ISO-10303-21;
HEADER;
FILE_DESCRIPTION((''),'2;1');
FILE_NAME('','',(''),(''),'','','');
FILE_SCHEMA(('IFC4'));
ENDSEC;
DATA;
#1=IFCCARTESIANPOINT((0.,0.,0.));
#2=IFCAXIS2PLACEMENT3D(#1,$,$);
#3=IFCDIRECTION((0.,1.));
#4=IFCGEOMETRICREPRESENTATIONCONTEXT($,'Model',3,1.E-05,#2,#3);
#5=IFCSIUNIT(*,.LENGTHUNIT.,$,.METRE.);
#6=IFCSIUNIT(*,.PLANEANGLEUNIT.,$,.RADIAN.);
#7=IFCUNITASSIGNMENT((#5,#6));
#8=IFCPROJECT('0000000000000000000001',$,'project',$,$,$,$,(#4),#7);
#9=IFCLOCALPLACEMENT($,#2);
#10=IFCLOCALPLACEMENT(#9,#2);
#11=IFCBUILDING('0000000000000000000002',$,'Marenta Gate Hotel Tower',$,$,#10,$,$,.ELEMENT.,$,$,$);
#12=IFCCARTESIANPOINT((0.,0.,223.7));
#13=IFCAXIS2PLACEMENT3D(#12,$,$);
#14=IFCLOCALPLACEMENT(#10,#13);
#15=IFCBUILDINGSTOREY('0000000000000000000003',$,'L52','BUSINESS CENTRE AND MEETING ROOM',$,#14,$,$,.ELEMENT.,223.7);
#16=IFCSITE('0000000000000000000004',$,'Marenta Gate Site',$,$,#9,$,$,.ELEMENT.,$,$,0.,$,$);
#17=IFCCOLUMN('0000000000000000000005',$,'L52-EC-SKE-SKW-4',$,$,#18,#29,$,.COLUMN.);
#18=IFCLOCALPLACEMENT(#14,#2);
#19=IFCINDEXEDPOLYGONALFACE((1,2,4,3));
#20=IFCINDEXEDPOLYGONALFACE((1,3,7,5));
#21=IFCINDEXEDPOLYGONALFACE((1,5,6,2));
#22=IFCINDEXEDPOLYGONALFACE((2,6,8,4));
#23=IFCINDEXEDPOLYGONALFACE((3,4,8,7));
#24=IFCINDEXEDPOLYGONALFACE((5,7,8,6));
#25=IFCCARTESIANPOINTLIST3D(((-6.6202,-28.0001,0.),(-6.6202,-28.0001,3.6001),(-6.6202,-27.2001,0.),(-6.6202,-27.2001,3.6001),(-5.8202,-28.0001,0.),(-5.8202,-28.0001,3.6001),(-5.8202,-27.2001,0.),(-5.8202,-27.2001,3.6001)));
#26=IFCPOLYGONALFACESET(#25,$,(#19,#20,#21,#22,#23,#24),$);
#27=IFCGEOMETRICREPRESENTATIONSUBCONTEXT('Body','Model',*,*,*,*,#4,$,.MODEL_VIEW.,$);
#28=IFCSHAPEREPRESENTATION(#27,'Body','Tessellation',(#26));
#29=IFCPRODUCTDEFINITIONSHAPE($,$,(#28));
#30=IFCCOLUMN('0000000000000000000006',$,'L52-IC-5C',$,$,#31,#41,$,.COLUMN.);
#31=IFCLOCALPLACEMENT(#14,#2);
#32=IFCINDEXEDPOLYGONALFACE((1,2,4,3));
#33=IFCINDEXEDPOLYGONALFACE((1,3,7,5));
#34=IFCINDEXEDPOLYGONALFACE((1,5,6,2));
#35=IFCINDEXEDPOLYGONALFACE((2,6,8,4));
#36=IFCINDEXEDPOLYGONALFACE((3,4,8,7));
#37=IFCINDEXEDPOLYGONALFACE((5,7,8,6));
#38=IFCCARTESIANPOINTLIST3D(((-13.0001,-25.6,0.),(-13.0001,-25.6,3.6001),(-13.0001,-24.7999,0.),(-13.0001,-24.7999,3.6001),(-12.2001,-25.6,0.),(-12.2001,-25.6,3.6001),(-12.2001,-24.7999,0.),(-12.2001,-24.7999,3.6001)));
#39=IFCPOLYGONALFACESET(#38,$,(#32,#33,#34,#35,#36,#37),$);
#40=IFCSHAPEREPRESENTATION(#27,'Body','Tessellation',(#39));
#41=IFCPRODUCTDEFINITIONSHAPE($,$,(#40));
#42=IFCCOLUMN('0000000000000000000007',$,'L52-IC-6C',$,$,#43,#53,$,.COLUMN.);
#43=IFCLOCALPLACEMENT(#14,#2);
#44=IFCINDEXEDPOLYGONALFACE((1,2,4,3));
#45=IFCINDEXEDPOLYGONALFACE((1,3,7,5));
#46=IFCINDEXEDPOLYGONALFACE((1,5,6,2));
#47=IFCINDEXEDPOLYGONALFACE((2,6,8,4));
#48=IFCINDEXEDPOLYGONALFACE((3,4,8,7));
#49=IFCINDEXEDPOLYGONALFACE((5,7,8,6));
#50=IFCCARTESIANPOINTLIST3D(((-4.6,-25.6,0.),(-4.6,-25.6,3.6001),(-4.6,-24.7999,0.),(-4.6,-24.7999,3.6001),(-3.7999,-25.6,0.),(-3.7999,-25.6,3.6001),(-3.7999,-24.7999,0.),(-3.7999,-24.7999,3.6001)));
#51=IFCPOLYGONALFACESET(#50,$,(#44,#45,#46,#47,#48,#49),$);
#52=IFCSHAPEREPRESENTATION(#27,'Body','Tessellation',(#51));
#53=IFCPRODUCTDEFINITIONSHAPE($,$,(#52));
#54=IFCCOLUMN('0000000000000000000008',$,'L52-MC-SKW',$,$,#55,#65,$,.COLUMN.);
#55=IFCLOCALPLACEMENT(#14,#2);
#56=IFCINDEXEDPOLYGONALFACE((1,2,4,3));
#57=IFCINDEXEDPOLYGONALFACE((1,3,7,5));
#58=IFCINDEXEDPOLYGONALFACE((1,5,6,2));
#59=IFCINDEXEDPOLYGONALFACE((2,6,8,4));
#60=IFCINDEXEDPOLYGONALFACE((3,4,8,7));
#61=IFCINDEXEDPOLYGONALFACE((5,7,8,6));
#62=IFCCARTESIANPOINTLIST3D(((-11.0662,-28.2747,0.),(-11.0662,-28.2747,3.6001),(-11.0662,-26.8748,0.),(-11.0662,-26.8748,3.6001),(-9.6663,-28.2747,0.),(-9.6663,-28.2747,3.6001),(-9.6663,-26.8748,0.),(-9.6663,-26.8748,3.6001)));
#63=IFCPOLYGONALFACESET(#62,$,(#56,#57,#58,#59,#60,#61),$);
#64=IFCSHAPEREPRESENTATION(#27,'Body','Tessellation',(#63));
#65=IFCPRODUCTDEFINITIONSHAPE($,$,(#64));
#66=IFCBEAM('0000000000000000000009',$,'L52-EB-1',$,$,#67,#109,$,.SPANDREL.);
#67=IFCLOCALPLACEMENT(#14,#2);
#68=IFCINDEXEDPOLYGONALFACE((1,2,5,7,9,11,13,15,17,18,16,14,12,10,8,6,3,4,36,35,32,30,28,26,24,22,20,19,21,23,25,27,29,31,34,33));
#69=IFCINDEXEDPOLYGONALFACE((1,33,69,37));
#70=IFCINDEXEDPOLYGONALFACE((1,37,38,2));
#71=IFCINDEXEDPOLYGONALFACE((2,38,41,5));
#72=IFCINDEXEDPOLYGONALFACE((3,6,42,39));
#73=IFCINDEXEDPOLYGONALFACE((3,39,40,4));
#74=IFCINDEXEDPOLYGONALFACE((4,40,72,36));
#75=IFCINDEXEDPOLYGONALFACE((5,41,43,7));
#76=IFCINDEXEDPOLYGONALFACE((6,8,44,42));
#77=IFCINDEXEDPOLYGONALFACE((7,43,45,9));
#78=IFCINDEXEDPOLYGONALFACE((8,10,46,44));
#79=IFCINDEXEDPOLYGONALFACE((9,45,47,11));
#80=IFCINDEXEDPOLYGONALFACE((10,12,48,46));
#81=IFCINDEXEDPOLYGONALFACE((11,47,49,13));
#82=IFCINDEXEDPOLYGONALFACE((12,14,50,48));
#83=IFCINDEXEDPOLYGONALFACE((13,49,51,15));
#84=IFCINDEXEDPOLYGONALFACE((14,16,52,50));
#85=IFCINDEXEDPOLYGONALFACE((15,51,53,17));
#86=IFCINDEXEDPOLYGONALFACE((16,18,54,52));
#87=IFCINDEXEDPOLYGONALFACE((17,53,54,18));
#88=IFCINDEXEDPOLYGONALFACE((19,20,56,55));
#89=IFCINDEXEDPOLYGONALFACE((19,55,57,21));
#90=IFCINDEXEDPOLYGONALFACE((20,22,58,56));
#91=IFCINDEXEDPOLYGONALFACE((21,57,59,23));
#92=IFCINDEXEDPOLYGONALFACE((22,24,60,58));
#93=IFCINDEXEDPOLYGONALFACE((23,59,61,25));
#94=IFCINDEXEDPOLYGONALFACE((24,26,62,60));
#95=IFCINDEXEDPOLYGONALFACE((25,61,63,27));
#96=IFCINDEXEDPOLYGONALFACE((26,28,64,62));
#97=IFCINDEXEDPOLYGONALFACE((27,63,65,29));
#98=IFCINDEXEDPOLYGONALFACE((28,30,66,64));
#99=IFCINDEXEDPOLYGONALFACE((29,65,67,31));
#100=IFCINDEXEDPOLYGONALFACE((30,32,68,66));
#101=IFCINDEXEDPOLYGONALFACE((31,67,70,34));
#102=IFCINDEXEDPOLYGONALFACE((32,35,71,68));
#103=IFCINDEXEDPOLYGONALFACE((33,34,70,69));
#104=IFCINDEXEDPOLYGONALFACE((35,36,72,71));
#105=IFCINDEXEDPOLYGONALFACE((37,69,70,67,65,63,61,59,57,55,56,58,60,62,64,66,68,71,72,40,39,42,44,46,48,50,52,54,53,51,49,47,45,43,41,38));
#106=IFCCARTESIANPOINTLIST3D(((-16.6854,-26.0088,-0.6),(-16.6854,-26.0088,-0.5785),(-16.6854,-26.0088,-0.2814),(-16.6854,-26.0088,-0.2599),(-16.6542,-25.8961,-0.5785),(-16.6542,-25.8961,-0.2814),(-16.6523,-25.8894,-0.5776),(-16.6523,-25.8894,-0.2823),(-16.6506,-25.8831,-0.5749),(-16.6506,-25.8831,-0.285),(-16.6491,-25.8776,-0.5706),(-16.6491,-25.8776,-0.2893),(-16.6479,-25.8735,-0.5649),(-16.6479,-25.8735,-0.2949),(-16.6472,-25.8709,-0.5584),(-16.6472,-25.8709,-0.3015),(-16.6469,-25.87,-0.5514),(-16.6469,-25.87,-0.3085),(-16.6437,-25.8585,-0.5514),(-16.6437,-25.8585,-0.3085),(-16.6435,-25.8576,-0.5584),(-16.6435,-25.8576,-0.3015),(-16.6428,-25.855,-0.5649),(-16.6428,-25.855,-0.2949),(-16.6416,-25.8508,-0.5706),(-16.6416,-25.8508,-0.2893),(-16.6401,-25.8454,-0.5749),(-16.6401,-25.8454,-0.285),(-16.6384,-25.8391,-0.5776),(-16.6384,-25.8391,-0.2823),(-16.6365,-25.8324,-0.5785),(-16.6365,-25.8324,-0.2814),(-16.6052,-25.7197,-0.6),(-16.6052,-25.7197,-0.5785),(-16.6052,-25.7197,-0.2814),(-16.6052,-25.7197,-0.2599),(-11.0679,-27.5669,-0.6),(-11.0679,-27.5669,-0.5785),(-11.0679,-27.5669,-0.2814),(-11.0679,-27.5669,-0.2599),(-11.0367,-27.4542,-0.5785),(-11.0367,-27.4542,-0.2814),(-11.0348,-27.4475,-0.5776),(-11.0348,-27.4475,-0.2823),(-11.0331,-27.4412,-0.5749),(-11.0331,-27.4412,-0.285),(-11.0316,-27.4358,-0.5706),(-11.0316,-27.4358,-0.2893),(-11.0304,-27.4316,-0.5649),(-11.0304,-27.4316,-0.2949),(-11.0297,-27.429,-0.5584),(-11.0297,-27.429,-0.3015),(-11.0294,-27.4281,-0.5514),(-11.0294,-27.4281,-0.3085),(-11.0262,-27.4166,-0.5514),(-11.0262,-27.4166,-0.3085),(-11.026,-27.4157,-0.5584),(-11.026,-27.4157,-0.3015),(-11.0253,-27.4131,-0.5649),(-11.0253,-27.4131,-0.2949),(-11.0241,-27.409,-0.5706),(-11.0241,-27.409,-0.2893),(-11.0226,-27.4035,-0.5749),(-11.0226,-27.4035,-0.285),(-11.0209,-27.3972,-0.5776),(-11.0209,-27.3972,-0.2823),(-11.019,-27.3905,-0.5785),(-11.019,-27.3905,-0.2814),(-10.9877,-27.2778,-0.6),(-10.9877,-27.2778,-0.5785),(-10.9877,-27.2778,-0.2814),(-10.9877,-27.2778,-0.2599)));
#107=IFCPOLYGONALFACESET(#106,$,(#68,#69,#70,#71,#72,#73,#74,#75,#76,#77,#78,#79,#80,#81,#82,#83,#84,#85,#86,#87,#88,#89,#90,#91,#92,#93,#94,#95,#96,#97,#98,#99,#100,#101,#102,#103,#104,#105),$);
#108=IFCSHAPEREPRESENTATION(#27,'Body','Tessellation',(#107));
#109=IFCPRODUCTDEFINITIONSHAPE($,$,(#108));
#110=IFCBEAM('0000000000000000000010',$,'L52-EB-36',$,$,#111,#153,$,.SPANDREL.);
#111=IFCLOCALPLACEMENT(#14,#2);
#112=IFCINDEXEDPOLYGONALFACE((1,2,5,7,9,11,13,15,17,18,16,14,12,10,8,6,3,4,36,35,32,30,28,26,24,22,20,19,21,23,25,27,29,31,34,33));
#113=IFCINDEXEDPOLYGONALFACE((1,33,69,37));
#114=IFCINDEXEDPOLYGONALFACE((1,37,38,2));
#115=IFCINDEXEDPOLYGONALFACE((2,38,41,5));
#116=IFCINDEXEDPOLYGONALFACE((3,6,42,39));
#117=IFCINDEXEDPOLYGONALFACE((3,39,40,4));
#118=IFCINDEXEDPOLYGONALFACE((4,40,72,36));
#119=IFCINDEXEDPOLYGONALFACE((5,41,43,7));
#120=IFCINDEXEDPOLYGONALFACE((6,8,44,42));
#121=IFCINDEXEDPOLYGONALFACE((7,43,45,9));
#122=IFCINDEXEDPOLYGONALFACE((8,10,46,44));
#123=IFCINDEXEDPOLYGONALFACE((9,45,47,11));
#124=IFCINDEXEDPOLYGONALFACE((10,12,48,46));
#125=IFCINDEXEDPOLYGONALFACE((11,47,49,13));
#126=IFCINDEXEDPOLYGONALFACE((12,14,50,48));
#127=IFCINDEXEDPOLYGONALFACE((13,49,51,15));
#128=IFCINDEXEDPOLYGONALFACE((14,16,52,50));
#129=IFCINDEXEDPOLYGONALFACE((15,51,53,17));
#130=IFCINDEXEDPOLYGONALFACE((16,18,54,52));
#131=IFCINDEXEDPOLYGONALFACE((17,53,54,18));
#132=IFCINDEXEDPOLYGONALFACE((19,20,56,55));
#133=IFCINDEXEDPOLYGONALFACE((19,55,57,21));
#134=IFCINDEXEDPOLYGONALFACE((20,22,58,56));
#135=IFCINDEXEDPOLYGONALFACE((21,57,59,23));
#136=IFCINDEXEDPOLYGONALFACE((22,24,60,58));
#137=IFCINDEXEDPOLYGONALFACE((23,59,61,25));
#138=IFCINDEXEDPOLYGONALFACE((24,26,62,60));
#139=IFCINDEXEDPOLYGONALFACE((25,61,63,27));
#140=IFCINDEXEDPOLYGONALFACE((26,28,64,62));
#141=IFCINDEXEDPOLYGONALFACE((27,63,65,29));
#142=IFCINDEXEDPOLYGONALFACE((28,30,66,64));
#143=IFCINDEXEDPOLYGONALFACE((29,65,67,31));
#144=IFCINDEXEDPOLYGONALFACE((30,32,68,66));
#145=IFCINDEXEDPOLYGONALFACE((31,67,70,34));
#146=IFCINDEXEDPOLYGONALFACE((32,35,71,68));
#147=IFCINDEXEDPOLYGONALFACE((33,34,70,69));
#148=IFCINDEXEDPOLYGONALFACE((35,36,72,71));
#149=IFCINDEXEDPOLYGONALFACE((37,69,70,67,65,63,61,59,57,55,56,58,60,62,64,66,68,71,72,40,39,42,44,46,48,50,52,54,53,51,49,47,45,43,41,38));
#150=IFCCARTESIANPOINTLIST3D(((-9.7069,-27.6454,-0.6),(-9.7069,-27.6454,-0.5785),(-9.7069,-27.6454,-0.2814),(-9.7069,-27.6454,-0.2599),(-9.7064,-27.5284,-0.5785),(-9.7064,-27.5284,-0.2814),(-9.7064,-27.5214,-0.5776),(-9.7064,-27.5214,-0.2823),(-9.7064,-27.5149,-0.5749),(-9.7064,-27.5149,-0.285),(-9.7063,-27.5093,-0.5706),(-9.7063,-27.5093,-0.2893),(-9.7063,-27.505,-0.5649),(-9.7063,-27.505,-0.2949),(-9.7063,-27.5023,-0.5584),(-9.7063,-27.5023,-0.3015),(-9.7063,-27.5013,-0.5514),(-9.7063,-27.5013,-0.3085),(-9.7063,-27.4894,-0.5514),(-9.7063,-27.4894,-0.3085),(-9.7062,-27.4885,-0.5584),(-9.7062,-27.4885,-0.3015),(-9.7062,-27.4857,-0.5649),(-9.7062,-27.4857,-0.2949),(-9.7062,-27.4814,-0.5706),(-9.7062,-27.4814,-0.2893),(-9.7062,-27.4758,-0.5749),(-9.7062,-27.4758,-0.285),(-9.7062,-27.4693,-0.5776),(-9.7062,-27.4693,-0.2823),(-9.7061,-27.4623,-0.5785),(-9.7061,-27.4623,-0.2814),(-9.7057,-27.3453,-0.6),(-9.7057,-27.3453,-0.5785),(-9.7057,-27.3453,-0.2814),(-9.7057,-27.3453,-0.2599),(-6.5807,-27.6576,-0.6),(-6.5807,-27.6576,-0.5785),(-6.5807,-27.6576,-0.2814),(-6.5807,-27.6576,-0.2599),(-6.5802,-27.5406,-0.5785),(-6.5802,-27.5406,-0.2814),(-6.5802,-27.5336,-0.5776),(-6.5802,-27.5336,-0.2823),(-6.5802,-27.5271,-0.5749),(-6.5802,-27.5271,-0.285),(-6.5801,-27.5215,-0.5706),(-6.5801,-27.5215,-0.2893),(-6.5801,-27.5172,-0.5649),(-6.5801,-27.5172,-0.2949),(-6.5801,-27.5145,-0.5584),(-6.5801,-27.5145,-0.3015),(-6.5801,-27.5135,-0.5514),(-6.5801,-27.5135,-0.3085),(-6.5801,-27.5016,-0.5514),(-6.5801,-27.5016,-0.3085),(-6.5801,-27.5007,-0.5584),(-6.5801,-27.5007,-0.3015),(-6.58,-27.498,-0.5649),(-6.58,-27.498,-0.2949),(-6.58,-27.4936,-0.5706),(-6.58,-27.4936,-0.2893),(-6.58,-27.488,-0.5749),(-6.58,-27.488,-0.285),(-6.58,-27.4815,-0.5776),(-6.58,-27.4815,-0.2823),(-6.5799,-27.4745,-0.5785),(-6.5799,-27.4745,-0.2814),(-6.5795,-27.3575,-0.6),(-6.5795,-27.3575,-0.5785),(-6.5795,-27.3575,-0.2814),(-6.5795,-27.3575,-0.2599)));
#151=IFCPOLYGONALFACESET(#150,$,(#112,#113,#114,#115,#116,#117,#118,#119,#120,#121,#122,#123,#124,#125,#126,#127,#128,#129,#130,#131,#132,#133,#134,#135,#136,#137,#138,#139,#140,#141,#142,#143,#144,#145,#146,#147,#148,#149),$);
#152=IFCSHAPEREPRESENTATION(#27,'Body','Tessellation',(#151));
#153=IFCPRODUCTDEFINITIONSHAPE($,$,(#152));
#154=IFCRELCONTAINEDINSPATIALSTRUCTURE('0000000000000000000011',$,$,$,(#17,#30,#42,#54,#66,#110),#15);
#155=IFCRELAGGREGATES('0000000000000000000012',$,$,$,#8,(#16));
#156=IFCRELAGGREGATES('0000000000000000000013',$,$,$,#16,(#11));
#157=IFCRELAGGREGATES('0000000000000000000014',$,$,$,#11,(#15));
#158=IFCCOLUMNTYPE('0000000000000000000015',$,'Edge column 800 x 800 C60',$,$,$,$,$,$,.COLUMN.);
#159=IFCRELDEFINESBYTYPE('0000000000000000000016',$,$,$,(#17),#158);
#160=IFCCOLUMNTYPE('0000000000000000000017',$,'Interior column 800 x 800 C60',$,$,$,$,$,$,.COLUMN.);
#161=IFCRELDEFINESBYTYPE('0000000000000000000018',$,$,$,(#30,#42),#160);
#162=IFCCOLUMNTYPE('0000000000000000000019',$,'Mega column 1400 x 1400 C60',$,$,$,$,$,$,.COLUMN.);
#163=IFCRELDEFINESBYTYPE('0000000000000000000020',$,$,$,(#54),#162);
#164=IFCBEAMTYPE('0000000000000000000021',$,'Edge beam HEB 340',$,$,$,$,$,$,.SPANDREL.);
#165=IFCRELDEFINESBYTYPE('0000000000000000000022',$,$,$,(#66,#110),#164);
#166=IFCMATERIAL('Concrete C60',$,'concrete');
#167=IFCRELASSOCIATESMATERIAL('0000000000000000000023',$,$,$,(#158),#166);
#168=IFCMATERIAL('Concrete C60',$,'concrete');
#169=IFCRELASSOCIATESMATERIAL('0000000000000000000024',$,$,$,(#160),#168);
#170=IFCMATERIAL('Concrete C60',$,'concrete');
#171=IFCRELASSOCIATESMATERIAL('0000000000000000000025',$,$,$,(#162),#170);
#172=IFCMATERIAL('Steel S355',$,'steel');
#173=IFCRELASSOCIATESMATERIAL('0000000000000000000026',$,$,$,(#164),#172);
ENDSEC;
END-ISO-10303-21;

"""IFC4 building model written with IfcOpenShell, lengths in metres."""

from ifc_helpers import new_model, si_unit, direction, frame, origin, origin_2d, place, context, subcontext, project, spatial, rectangle, i_section, extrude, material, material_profile, profile_set, type_object, element, save


model = new_model("IFC4")

# Units and contexts
model_context = context("Model", 3, precision=1e-05, world=origin(), true_north=direction((0.0, 1.0)))
body_context = subcontext(model_context, "Body", "Model", "MODEL_VIEW")
ifc_project = project(units=[si_unit("LENGTHUNIT", "METRE"), si_unit("PLANEANGLEUNIT", "RADIAN")], contexts=[model_context])

# Site, building, storey
site_placement = place(None, origin())
site = spatial("IfcSite", under=ifc_project, at=site_placement, Name="Marenta Gate Site", CompositionType="ELEMENT", RefElevation=0.0)
building_placement = place(site_placement, origin())
building = spatial("IfcBuilding", under=site, at=building_placement, Name="Marenta Gate Hotel Tower", CompositionType="ELEMENT")
storey_placement = place(building_placement, frame((0.0, 0.0, 223.7)))
storey = spatial("IfcBuildingStorey", under=building, at=storey_placement, Name="L52", Description="BUSINESS CENTRE AND MEETING ROOM", CompositionType="ELEMENT", Elevation=223.7)

# Columns
ifc_material_1 = material(Name="Concrete C60", Category="concrete")
ifc_material_profile_1 = material_profile(ifc_material_1, rectangle(XDim=0.8, YDim=0.8, at=origin_2d()), Name="800 x 800")
ifc_profile_set_1 = profile_set([ifc_material_profile_1], Name="Concrete C60")
column_type_1 = type_object("IfcColumnType", Name="Edge column 800 x 800 C60", PredefinedType="COLUMN", material=ifc_profile_set_1)
column_1_placement = place(storey_placement, frame((-6.2202, -27.6001, 0.0), z_axis=(0.0, 0.0, 1.0), x_axis=(1.0, 0.0, 0.0)))
element("IfcColumn", 1, at=column_1_placement, inside=storey, type_object=column_type_1, Name="L52-EC-SKE-SKW-4", PredefinedType="COLUMN", context=body_context, shape_type="SweptSolid", body=[
    extrude(rectangle(XDim=0.8, YDim=0.8, at=origin_2d()), origin(), (0.0, 0.0, 1.0), 3.6001),
])
ifc_material_2 = material(Name="Concrete C60", Category="concrete")
ifc_material_profile_2 = material_profile(ifc_material_2, rectangle(XDim=0.8, YDim=0.8, at=origin_2d()), Name="800 x 800")
ifc_profile_set_2 = profile_set([ifc_material_profile_2], Name="Concrete C60")
column_type_2 = type_object("IfcColumnType", Name="Interior column 800 x 800 C60", PredefinedType="COLUMN", material=ifc_profile_set_2)
for number, where, z_axis, x_axis, name in (
    (2, (-12.6001, -25.2, 0.0), (0.0, 0.0, 1.0), (1.0, 0.0, 0.0), "L52-IC-5C"),
    (3, (-4.2, -25.2, 0.0), (0.0, 0.0, 1.0), (1.0, 0.0, 0.0), "L52-IC-6C"),
):
    element("IfcColumn", number, at=place(storey_placement, frame(where, z_axis=z_axis, x_axis=x_axis)), inside=storey, type_object=column_type_2, Name=name, PredefinedType="COLUMN", context=body_context, shape_type="SweptSolid", body=[
        extrude(rectangle(XDim=0.8, YDim=0.8, at=origin_2d()), origin(), (0.0, 0.0, 1.0), 3.6001),
    ])
ifc_material_3 = material(Name="Concrete C60", Category="concrete")
ifc_material_profile_3 = material_profile(ifc_material_3, rectangle(XDim=1.3999, YDim=1.3999, at=origin_2d()), Name="1400 x 1400")
ifc_profile_set_3 = profile_set([ifc_material_profile_3], Name="Concrete C60")
column_type_3 = type_object("IfcColumnType", Name="Mega column 1400 x 1400 C60", PredefinedType="COLUMN", material=ifc_profile_set_3)
column_2_placement = place(storey_placement, frame((-10.3662, -27.5747, 0.0), z_axis=(0.0, 0.0, 1.0), x_axis=(1.0, 0.0, 0.0)))
element("IfcColumn", 4, at=column_2_placement, inside=storey, type_object=column_type_3, Name="L52-MC-SKW", PredefinedType="COLUMN", context=body_context, shape_type="SweptSolid", body=[
    extrude(rectangle(XDim=1.3999, YDim=1.3999, at=origin_2d()), origin(), (0.0, 0.0, 1.0), 3.6001),
])

# Beams
ifc_material_4 = material(Name="Steel S355", Category="steel")
ifc_material_profile_4 = material_profile(ifc_material_4, i_section(OverallWidth=0.3, OverallDepth=0.3401, WebThickness=0.012, FlangeThickness=0.0215, FilletRadius=0.0271, at=origin_2d()), Name="HEB 340")
ifc_profile_set_4 = profile_set([ifc_material_profile_4], Name="Steel S355")
beam_type_1 = type_object("IfcBeamType", Name="Edge beam HEB 340", PredefinedType="SPANDREL", material=ifc_profile_set_4)
beam_1_placement = place(storey_placement, frame((-11.0278, -27.4224, -0.4299), z_axis=(-0.963619, 0.267279, 0.0), x_axis=(-0.267279, -0.963619, 0.0)))
element("IfcBeam", 5, at=beam_1_placement, inside=storey, type_object=beam_type_1, Name="L52-EB-1", PredefinedType="SPANDREL", context=body_context, shape_type="SweptSolid", body=[
    extrude(i_section(OverallWidth=0.3, OverallDepth=0.3401, WebThickness=0.012, FlangeThickness=0.0215, FilletRadius=0.0271, at=origin_2d()), origin(), (0.0, 0.0, 1.0), 5.8296),
])
beam_2_placement = place(storey_placement, frame((-6.5801, -27.5076, -0.4299), z_axis=(-0.999992, 0.003905, 0.0), x_axis=(-0.003905, -0.999992, 0.0)))
element("IfcBeam", 6, at=beam_2_placement, inside=storey, type_object=beam_type_1, Name="L52-EB-36", PredefinedType="SPANDREL", context=body_context, shape_type="SweptSolid", body=[
    extrude(i_section(OverallWidth=0.3, OverallDepth=0.3401, WebThickness=0.012, FlangeThickness=0.0215, FilletRadius=0.0271, at=origin_2d()), origin(), (0.0, 0.0, 1.0), 3.1262),
])

save(model, "model.ifc")
